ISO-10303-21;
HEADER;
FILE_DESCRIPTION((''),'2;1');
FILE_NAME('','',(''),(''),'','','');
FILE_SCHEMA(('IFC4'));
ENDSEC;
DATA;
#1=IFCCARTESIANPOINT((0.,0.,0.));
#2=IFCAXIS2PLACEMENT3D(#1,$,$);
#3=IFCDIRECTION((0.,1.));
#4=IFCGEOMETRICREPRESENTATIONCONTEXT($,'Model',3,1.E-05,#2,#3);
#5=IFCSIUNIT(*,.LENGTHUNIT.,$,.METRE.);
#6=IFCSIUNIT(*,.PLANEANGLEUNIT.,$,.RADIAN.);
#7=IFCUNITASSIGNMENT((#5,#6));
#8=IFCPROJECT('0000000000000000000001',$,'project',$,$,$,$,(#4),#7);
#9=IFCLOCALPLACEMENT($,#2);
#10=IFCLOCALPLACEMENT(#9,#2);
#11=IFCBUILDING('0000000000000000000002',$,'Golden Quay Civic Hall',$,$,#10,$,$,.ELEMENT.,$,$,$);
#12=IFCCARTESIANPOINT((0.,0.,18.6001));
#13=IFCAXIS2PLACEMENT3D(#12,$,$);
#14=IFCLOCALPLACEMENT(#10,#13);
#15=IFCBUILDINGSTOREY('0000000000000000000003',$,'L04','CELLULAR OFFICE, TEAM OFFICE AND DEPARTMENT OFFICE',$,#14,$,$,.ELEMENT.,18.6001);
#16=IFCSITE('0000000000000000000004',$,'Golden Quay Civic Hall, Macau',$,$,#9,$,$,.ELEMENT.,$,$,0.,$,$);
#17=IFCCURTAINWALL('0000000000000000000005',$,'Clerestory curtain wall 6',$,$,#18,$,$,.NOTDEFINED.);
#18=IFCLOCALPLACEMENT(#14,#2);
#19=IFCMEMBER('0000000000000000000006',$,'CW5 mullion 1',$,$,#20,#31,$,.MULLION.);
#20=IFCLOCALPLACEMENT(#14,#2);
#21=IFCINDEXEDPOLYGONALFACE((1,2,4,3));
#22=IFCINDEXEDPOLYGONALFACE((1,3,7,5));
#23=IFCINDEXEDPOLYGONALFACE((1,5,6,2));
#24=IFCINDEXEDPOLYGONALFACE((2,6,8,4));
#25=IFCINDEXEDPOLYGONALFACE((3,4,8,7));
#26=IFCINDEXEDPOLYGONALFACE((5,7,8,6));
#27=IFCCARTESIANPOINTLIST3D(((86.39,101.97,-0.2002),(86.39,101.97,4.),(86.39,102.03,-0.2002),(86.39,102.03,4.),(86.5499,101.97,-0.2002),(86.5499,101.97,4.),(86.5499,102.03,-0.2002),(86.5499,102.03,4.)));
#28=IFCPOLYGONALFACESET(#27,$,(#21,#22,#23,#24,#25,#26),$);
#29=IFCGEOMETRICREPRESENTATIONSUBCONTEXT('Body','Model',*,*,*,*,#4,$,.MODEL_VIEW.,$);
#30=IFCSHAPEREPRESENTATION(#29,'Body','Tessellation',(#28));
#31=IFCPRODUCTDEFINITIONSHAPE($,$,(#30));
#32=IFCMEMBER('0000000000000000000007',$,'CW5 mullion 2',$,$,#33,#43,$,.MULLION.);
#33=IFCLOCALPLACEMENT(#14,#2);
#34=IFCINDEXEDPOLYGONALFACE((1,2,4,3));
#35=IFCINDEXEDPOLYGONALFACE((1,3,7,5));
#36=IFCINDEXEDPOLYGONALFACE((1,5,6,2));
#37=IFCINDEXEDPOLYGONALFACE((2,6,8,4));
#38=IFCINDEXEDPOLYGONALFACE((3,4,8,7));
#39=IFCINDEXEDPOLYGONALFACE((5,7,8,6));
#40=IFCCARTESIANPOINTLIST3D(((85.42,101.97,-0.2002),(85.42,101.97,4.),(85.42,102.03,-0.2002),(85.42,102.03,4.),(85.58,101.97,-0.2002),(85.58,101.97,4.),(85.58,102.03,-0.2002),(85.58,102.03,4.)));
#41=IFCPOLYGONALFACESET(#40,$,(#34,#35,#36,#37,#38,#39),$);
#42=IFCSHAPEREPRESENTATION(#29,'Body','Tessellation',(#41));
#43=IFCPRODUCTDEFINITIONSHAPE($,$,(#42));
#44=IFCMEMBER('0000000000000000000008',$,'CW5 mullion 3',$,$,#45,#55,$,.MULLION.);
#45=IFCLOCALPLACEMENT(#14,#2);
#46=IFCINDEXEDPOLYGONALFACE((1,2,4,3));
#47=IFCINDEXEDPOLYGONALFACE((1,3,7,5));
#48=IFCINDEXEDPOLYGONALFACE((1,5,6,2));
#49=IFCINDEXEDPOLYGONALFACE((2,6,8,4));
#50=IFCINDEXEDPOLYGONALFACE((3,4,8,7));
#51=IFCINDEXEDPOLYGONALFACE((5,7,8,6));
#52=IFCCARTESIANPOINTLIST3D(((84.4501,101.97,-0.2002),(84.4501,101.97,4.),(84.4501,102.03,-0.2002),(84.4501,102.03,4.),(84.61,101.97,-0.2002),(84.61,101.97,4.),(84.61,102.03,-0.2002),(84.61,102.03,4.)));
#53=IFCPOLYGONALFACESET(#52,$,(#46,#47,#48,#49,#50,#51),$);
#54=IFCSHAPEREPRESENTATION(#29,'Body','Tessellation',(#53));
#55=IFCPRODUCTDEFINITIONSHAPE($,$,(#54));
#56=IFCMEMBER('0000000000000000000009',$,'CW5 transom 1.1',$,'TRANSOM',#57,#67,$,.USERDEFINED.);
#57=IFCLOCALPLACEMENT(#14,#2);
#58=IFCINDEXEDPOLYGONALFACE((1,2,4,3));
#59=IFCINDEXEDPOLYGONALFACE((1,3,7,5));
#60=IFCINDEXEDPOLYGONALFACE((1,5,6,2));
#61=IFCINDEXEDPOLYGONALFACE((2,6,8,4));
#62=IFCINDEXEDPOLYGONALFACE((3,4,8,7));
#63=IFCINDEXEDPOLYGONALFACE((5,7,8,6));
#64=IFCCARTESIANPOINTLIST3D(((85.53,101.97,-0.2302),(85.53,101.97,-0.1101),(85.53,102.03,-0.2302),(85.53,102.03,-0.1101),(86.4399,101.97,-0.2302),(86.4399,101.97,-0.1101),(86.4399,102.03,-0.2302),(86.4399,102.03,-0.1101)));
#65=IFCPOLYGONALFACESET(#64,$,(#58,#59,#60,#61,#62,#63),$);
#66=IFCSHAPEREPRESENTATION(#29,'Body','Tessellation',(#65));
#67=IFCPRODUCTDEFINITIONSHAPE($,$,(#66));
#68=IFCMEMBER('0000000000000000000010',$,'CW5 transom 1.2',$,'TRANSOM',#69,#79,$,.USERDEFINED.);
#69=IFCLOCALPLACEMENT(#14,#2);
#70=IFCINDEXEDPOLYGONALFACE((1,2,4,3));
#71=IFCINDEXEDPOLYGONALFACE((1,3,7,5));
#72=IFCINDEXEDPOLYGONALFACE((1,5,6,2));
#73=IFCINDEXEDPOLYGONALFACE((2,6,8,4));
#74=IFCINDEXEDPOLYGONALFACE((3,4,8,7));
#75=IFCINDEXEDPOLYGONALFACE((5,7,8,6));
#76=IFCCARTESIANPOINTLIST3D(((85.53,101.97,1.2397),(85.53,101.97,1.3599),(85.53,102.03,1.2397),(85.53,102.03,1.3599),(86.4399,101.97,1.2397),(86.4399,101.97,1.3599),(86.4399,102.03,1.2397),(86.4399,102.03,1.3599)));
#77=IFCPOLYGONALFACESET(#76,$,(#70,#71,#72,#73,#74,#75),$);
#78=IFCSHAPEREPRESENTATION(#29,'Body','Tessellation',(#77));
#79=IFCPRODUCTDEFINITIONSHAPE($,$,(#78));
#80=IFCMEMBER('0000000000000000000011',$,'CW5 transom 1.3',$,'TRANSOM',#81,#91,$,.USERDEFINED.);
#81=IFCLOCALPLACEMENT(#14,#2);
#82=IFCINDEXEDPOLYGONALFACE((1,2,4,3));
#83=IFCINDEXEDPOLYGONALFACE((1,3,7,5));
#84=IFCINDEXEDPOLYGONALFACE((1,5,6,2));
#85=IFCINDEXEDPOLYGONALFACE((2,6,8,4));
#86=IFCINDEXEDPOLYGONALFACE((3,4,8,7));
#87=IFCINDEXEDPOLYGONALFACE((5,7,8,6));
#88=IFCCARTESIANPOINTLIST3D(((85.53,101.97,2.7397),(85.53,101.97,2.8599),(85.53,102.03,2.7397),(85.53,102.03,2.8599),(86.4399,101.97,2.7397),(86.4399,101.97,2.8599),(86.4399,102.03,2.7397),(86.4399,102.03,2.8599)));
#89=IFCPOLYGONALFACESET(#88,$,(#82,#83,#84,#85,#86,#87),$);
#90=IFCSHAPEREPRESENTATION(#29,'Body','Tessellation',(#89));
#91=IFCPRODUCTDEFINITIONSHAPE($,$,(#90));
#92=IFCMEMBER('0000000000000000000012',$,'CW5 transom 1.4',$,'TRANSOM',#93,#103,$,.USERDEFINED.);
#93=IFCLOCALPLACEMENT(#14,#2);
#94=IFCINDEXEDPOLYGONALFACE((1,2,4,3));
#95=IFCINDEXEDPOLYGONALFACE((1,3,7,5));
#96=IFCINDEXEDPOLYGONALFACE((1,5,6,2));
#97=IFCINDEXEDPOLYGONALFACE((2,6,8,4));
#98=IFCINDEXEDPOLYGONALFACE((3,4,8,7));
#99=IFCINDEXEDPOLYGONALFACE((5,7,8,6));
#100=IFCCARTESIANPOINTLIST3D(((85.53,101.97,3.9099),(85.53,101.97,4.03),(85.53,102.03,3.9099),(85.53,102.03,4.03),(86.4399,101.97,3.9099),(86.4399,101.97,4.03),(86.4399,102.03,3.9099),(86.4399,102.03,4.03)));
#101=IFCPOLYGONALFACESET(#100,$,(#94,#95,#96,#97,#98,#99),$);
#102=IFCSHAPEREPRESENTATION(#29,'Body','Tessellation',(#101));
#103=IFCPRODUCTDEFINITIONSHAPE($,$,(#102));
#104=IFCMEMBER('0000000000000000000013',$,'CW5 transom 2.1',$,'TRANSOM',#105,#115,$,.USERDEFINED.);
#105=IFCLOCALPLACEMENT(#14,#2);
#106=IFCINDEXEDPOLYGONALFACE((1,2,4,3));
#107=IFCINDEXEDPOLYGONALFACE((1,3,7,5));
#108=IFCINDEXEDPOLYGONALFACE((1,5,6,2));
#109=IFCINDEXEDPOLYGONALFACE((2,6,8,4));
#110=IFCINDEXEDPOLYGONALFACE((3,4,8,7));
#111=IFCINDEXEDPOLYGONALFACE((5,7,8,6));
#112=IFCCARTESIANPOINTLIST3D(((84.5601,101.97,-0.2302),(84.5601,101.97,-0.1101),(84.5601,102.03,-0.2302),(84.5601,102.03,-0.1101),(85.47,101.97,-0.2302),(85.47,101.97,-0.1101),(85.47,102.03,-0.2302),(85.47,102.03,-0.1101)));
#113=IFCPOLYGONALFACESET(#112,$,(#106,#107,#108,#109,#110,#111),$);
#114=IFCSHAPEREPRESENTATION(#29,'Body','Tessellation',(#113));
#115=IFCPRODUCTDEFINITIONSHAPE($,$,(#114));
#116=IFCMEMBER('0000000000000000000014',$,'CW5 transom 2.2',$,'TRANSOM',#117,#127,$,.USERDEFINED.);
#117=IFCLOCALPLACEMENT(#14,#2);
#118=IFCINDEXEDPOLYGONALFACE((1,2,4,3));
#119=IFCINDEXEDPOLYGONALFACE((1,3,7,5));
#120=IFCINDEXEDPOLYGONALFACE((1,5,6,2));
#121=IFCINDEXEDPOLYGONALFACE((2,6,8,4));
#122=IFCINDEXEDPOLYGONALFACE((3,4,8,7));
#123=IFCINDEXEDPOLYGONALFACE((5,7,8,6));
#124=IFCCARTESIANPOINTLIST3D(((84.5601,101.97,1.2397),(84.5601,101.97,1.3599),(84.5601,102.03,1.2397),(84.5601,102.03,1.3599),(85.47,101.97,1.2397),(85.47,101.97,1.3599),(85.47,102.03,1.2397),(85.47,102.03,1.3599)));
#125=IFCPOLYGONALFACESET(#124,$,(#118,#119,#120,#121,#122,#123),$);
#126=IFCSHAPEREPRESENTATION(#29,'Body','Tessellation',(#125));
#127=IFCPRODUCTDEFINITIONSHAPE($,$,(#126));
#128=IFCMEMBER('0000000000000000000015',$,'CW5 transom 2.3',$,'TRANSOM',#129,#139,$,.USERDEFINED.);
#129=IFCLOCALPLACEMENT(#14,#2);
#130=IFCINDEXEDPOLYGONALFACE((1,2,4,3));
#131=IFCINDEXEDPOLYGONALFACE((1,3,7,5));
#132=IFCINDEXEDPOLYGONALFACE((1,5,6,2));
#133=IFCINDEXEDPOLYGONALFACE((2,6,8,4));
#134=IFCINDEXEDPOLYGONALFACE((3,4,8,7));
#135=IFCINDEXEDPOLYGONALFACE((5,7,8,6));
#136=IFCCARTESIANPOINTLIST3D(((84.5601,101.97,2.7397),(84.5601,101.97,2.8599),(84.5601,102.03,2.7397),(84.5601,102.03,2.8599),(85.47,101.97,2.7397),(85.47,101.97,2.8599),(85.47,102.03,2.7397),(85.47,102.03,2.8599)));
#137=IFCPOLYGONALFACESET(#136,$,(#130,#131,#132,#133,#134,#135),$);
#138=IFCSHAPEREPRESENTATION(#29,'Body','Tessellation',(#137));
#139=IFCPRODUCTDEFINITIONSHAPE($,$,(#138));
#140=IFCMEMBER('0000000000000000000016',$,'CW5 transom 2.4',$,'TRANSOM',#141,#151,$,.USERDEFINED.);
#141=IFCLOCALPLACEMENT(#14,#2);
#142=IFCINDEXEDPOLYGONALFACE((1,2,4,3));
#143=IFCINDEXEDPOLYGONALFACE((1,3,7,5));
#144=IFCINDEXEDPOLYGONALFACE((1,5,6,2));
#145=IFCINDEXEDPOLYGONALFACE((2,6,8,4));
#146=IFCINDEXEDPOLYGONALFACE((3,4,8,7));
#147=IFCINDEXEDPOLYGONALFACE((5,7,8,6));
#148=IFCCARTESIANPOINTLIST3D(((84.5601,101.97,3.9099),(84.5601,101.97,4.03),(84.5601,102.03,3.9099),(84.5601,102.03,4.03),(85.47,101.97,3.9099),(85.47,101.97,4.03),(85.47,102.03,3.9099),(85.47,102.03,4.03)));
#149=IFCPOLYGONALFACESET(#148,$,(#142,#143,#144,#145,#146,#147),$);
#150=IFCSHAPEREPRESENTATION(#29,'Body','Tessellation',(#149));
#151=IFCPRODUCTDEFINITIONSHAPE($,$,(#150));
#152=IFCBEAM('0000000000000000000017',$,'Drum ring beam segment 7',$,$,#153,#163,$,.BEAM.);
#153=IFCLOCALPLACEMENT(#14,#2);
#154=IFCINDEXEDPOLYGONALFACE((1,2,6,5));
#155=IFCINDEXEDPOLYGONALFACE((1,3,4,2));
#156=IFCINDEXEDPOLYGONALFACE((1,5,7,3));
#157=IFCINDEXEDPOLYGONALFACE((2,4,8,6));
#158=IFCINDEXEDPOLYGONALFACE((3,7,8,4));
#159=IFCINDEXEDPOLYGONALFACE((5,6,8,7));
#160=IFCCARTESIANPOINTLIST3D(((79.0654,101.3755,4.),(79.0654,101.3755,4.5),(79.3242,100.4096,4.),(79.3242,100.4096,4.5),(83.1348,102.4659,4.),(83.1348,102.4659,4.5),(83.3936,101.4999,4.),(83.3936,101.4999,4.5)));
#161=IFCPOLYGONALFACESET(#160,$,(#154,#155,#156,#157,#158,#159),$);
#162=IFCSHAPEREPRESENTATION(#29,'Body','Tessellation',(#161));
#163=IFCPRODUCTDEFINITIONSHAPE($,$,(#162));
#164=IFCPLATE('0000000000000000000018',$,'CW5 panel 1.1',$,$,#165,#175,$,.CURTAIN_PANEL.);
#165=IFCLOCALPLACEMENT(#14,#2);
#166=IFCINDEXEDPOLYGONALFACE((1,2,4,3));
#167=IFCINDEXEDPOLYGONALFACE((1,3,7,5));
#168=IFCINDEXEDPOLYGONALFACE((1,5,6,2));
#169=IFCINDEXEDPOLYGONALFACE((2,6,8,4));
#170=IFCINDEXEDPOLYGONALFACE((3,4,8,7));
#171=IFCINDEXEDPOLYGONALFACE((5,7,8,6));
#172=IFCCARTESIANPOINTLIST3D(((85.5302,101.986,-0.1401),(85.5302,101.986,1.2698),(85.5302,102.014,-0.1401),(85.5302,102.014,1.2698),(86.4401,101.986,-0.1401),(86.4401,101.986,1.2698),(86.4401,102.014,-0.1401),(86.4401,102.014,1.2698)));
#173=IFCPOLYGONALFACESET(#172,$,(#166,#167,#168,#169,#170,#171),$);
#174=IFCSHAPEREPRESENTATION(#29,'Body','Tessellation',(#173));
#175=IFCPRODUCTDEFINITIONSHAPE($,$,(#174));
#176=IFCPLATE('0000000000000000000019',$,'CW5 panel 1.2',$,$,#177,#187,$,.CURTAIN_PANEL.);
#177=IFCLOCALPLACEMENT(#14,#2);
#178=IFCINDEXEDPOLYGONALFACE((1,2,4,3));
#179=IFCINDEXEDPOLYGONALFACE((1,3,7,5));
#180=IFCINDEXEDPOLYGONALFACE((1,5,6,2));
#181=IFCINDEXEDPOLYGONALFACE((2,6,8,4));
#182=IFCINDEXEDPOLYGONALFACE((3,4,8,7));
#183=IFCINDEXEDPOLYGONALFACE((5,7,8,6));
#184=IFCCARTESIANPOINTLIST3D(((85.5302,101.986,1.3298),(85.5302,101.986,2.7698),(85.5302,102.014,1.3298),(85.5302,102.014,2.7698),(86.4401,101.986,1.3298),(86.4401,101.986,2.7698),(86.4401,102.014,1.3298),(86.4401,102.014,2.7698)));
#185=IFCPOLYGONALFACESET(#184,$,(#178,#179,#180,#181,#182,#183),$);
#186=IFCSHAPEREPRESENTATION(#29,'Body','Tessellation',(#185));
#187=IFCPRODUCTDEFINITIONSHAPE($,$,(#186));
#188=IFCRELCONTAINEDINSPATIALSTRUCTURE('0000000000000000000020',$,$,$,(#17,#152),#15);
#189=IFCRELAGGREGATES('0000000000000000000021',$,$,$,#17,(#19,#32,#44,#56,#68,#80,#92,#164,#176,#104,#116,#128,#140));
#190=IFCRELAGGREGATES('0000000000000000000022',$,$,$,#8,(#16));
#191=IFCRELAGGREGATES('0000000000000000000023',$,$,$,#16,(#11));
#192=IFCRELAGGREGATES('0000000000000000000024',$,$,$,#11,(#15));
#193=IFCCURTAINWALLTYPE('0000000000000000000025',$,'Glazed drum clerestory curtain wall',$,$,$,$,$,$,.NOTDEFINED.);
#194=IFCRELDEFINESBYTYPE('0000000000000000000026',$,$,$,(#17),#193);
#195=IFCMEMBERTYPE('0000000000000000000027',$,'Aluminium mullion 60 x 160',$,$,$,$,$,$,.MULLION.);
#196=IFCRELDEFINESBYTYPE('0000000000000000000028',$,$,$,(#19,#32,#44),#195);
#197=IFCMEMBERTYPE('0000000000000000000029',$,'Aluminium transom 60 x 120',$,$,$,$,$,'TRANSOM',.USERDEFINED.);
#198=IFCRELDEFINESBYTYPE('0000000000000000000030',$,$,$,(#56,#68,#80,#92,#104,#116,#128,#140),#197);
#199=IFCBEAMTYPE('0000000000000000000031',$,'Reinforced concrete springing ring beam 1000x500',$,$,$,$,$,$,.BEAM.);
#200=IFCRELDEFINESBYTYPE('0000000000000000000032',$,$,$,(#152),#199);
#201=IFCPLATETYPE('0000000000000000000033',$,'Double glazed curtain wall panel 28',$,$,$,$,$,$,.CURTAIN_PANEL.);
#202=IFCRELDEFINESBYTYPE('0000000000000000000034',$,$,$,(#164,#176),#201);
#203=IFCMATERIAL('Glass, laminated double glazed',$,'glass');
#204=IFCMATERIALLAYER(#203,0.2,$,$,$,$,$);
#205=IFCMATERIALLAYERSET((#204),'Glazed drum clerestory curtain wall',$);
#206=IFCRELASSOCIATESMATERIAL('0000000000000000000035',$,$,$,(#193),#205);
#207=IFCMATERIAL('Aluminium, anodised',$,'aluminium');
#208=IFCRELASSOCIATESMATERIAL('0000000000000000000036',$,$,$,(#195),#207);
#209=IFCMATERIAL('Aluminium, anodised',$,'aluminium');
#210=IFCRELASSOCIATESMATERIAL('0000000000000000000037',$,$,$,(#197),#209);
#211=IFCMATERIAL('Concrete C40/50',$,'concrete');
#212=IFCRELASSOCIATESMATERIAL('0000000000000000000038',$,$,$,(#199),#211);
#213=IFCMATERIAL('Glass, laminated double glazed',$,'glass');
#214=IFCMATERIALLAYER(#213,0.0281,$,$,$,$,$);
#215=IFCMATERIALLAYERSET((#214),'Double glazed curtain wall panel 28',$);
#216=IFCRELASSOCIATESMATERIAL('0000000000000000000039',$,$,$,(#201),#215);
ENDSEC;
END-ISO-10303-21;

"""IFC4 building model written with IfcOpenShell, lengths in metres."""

from ifc_helpers import new_model, si_unit, direction, frame, origin, origin_2d, place, context, subcontext, project, spatial, rectangle, extrude, material, layer, layer_set, material_profile, profile_set, type_object, element, aggregate, save


model = new_model("IFC4")

# Units and contexts
model_context = context("Model", 3, precision=1e-05, world=origin(), true_north=direction((0.0, 1.0)))
body_context = subcontext(model_context, "Body", "Model", "MODEL_VIEW")
ifc_project = project(units=[si_unit("LENGTHUNIT", "METRE"), si_unit("PLANEANGLEUNIT", "RADIAN")], contexts=[model_context])

# Site, building, storey
site_placement = place(None, origin())
site = spatial("IfcSite", under=ifc_project, at=site_placement, Name="Golden Quay Civic Hall, Macau", CompositionType="ELEMENT", RefElevation=0.0)
building_placement = place(site_placement, origin())
building = spatial("IfcBuilding", under=site, at=building_placement, Name="Golden Quay Civic Hall", CompositionType="ELEMENT")
storey_placement = place(building_placement, frame((0.0, 0.0, 18.6001)))
storey = spatial("IfcBuildingStorey", under=building, at=storey_placement, Name="L04", Description="CELLULAR OFFICE, TEAM OFFICE AND DEPARTMENT OFFICE", CompositionType="ELEMENT", Elevation=18.6001)

# Curtain wall, members
ifc_material_1 = material(Name="Glass, laminated double glazed", Category="glass")
ifc_layer_1 = layer(ifc_material_1, 0.2)
ifc_layer_set_1 = layer_set([ifc_layer_1], Name="Glazed drum clerestory curtain wall")
curtain_wall_type = type_object("IfcCurtainWallType", Name="Glazed drum clerestory curtain wall", PredefinedType="NOTDEFINED", material=ifc_layer_set_1)
curtain_wall_placement = place(storey_placement, origin())
curtain_wall = element("IfcCurtainWall", 1, at=curtain_wall_placement, inside=storey, type_object=curtain_wall_type, Name="Clerestory curtain wall 6", PredefinedType="NOTDEFINED")
ifc_material_2 = material(Name="Aluminium, anodised", Category="aluminium")
ifc_material_profile_1 = material_profile(ifc_material_2, rectangle(XDim=0.0601, YDim=0.1599, at=origin_2d()), Name="Aluminium 60 x 160")
ifc_profile_set_1 = profile_set([ifc_material_profile_1], Name="Aluminium, anodised")
member_type_1 = type_object("IfcMemberType", Name="Aluminium mullion 60 x 160", PredefinedType="MULLION", material=ifc_profile_set_1)
member_1_placement = place(storey_placement, frame((86.47, 102.0, -0.2002), z_axis=(0.0, 0.0, 1.0), x_axis=(0.0, -1.0, 0.0)))
member_1 = element("IfcMember", 2, at=member_1_placement, type_object=member_type_1, Name="CW5 mullion 1", PredefinedType="MULLION", context=body_context, shape_type="SweptSolid", body=[
    extrude(rectangle(XDim=0.0601, YDim=0.1599, at=origin_2d()), origin(), (0.0, 0.0, 1.0), 4.2002),
])
member_2_placement = place(storey_placement, frame((85.5, 102.0, -0.2002), z_axis=(0.0, 0.0, 1.0), x_axis=(0.0, -1.0, 0.0)))
member_2 = element("IfcMember", 3, at=member_2_placement, type_object=member_type_1, Name="CW5 mullion 2", PredefinedType="MULLION", context=body_context, shape_type="SweptSolid", body=[
    extrude(rectangle(XDim=0.0601, YDim=0.1599, at=origin_2d()), origin(), (0.0, 0.0, 1.0), 4.2002),
])
member_3_placement = place(storey_placement, frame((84.53, 102.0, -0.2002), z_axis=(0.0, 0.0, 1.0), x_axis=(0.0, -1.0, 0.0)))
member_3 = element("IfcMember", 4, at=member_3_placement, type_object=member_type_1, Name="CW5 mullion 3", PredefinedType="MULLION", context=body_context, shape_type="SweptSolid", body=[
    extrude(rectangle(XDim=0.0601, YDim=0.1599, at=origin_2d()), origin(), (0.0, 0.0, 1.0), 4.2002),
])
ifc_material_3 = material(Name="Aluminium, anodised", Category="aluminium")
ifc_material_profile_2 = material_profile(ifc_material_3, rectangle(XDim=0.0601, YDim=0.1201, at=origin_2d()), Name="Aluminium 60 x 120")
ifc_profile_set_2 = profile_set([ifc_material_profile_2], Name="Aluminium, anodised")
member_type_2 = type_object("IfcMemberType", Name="Aluminium transom 60 x 120", ElementType="TRANSOM", PredefinedType="USERDEFINED", material=ifc_profile_set_2)
member_4_placement = place(storey_placement, frame((86.4399, 102.0, -0.1702), z_axis=(-1.0, 0.0, 0.0), x_axis=(0.0, -1.0, 0.0)))
member_4 = element("IfcMember", 5, at=member_4_placement, type_object=member_type_2, Name="CW5 transom 1.1", ObjectType="TRANSOM", PredefinedType="USERDEFINED", context=body_context, shape_type="SweptSolid", body=[
    extrude(rectangle(XDim=0.0601, YDim=0.1201, at=origin_2d()), origin(), (0.0, 0.0, 1.0), 0.9099),
])
member_5_placement = place(storey_placement, frame((86.4399, 102.0, 1.2998), z_axis=(-1.0, 0.0, 0.0), x_axis=(0.0, -1.0, 0.0)))
member_5 = element("IfcMember", 6, at=member_5_placement, type_object=member_type_2, Name="CW5 transom 1.2", ObjectType="TRANSOM", PredefinedType="USERDEFINED", context=body_context, shape_type="SweptSolid", body=[
    extrude(rectangle(XDim=0.0601, YDim=0.1201, at=origin_2d()), origin(), (0.0, 0.0, 1.0), 0.9099),
])
member_6_placement = place(storey_placement, frame((86.4399, 102.0, 2.7998), z_axis=(-1.0, 0.0, 0.0), x_axis=(0.0, -1.0, 0.0)))
member_6 = element("IfcMember", 7, at=member_6_placement, type_object=member_type_2, Name="CW5 transom 1.3", ObjectType="TRANSOM", PredefinedType="USERDEFINED", context=body_context, shape_type="SweptSolid", body=[
    extrude(rectangle(XDim=0.0601, YDim=0.1201, at=origin_2d()), origin(), (0.0, 0.0, 1.0), 0.9099),
])
member_7_placement = place(storey_placement, frame((86.4399, 102.0, 3.97), z_axis=(-1.0, 0.0, 0.0), x_axis=(0.0, -1.0, 0.0)))
member_7 = element("IfcMember", 8, at=member_7_placement, type_object=member_type_2, Name="CW5 transom 1.4", ObjectType="TRANSOM", PredefinedType="USERDEFINED", context=body_context, shape_type="SweptSolid", body=[
    extrude(rectangle(XDim=0.0601, YDim=0.1201, at=origin_2d()), origin(), (0.0, 0.0, 1.0), 0.9099),
])
member_8_placement = place(storey_placement, frame((85.47, 102.0, -0.1702), z_axis=(-1.0, 0.0, 0.0), x_axis=(0.0, -1.0, 0.0)))
member_8 = element("IfcMember", 9, at=member_8_placement, type_object=member_type_2, Name="CW5 transom 2.1", ObjectType="TRANSOM", PredefinedType="USERDEFINED", context=body_context, shape_type="SweptSolid", body=[
    extrude(rectangle(XDim=0.0601, YDim=0.1201, at=origin_2d()), origin(), (0.0, 0.0, 1.0), 0.9099),
])
member_9_placement = place(storey_placement, frame((85.47, 102.0, 1.2998), z_axis=(-1.0, 0.0, 0.0), x_axis=(0.0, -1.0, 0.0)))
member_9 = element("IfcMember", 10, at=member_9_placement, type_object=member_type_2, Name="CW5 transom 2.2", ObjectType="TRANSOM", PredefinedType="USERDEFINED", context=body_context, shape_type="SweptSolid", body=[
    extrude(rectangle(XDim=0.0601, YDim=0.1201, at=origin_2d()), origin(), (0.0, 0.0, 1.0), 0.9099),
])
member_10_placement = place(storey_placement, frame((85.47, 102.0, 2.7998), z_axis=(-1.0, 0.0, 0.0), x_axis=(0.0, -1.0, 0.0)))
member_10 = element("IfcMember", 11, at=member_10_placement, type_object=member_type_2, Name="CW5 transom 2.3", ObjectType="TRANSOM", PredefinedType="USERDEFINED", context=body_context, shape_type="SweptSolid", body=[
    extrude(rectangle(XDim=0.0601, YDim=0.1201, at=origin_2d()), origin(), (0.0, 0.0, 1.0), 0.9099),
])
member_11_placement = place(storey_placement, frame((85.47, 102.0, 3.97), z_axis=(-1.0, 0.0, 0.0), x_axis=(0.0, -1.0, 0.0)))
member_11 = element("IfcMember", 12, at=member_11_placement, type_object=member_type_2, Name="CW5 transom 2.4", ObjectType="TRANSOM", PredefinedType="USERDEFINED", context=body_context, shape_type="SweptSolid", body=[
    extrude(rectangle(XDim=0.0601, YDim=0.1201, at=origin_2d()), origin(), (0.0, 0.0, 1.0), 0.9099),
])

# Beam
ifc_material_4 = material(Name="Concrete C40/50", Category="concrete")
ifc_material_profile_3 = material_profile(ifc_material_4, rectangle(XDim=1.0, YDim=0.5, at=origin_2d()), Name="RC 1000x500")
ifc_profile_set_3 = profile_set([ifc_material_profile_3], Name="Concrete C40/50")
beam_type = type_object("IfcBeamType", Name="Reinforced concrete springing ring beam 1000x500", PredefinedType="BEAM", material=ifc_profile_set_3)
beam_placement = place(storey_placement, frame((83.2642, 101.9829, 4.25), z_axis=(-0.965928, -0.258809, 0.0), x_axis=(0.258809, -0.965928, 0.0)))
element("IfcBeam", 13, at=beam_placement, inside=storey, type_object=beam_type, Name="Drum ring beam segment 7", PredefinedType="BEAM", context=body_context, shape_type="SweptSolid", body=[
    extrude(rectangle(XDim=1.0, YDim=0.5, at=origin_2d()), origin(), (0.0, 0.0, 1.0), 4.2129),
])

# Plates
ifc_material_5 = material(Name="Glass, laminated double glazed", Category="glass")
ifc_layer_2 = layer(ifc_material_5, 0.0281)
ifc_layer_set_2 = layer_set([ifc_layer_2], Name="Double glazed curtain wall panel 28")
plate_type = type_object("IfcPlateType", Name="Double glazed curtain wall panel 28", PredefinedType="CURTAIN_PANEL", material=ifc_layer_set_2)
plate_1_placement = place(storey_placement, frame((85.9851, 102.0, -0.1401), z_axis=(0.0, 0.0, 1.0), x_axis=(-1.0, 0.0, 0.0)))
plate_1 = element("IfcPlate", 14, at=plate_1_placement, type_object=plate_type, Name="CW5 panel 1.1", PredefinedType="CURTAIN_PANEL", context=body_context, shape_type="SweptSolid", body=[
    extrude(rectangle(XDim=0.9099, YDim=0.0281, at=origin_2d()), origin(), (0.0, 0.0, 1.0), 1.4099),
])
plate_2_placement = place(storey_placement, frame((85.9851, 102.0, 1.3298), z_axis=(0.0, 0.0, 1.0), x_axis=(-1.0, 0.0, 0.0)))
plate_2 = element("IfcPlate", 15, at=plate_2_placement, type_object=plate_type, Name="CW5 panel 1.2", PredefinedType="CURTAIN_PANEL", context=body_context, shape_type="SweptSolid", body=[
    extrude(rectangle(XDim=0.9099, YDim=0.0281, at=origin_2d()), origin(), (0.0, 0.0, 1.0), 1.4399),
])
aggregate(curtain_wall, [member_1, member_2, member_3, member_4, member_5, member_6, member_7, plate_1, plate_2, member_8, member_9, member_10, member_11])

save(model, "model.ifc")
